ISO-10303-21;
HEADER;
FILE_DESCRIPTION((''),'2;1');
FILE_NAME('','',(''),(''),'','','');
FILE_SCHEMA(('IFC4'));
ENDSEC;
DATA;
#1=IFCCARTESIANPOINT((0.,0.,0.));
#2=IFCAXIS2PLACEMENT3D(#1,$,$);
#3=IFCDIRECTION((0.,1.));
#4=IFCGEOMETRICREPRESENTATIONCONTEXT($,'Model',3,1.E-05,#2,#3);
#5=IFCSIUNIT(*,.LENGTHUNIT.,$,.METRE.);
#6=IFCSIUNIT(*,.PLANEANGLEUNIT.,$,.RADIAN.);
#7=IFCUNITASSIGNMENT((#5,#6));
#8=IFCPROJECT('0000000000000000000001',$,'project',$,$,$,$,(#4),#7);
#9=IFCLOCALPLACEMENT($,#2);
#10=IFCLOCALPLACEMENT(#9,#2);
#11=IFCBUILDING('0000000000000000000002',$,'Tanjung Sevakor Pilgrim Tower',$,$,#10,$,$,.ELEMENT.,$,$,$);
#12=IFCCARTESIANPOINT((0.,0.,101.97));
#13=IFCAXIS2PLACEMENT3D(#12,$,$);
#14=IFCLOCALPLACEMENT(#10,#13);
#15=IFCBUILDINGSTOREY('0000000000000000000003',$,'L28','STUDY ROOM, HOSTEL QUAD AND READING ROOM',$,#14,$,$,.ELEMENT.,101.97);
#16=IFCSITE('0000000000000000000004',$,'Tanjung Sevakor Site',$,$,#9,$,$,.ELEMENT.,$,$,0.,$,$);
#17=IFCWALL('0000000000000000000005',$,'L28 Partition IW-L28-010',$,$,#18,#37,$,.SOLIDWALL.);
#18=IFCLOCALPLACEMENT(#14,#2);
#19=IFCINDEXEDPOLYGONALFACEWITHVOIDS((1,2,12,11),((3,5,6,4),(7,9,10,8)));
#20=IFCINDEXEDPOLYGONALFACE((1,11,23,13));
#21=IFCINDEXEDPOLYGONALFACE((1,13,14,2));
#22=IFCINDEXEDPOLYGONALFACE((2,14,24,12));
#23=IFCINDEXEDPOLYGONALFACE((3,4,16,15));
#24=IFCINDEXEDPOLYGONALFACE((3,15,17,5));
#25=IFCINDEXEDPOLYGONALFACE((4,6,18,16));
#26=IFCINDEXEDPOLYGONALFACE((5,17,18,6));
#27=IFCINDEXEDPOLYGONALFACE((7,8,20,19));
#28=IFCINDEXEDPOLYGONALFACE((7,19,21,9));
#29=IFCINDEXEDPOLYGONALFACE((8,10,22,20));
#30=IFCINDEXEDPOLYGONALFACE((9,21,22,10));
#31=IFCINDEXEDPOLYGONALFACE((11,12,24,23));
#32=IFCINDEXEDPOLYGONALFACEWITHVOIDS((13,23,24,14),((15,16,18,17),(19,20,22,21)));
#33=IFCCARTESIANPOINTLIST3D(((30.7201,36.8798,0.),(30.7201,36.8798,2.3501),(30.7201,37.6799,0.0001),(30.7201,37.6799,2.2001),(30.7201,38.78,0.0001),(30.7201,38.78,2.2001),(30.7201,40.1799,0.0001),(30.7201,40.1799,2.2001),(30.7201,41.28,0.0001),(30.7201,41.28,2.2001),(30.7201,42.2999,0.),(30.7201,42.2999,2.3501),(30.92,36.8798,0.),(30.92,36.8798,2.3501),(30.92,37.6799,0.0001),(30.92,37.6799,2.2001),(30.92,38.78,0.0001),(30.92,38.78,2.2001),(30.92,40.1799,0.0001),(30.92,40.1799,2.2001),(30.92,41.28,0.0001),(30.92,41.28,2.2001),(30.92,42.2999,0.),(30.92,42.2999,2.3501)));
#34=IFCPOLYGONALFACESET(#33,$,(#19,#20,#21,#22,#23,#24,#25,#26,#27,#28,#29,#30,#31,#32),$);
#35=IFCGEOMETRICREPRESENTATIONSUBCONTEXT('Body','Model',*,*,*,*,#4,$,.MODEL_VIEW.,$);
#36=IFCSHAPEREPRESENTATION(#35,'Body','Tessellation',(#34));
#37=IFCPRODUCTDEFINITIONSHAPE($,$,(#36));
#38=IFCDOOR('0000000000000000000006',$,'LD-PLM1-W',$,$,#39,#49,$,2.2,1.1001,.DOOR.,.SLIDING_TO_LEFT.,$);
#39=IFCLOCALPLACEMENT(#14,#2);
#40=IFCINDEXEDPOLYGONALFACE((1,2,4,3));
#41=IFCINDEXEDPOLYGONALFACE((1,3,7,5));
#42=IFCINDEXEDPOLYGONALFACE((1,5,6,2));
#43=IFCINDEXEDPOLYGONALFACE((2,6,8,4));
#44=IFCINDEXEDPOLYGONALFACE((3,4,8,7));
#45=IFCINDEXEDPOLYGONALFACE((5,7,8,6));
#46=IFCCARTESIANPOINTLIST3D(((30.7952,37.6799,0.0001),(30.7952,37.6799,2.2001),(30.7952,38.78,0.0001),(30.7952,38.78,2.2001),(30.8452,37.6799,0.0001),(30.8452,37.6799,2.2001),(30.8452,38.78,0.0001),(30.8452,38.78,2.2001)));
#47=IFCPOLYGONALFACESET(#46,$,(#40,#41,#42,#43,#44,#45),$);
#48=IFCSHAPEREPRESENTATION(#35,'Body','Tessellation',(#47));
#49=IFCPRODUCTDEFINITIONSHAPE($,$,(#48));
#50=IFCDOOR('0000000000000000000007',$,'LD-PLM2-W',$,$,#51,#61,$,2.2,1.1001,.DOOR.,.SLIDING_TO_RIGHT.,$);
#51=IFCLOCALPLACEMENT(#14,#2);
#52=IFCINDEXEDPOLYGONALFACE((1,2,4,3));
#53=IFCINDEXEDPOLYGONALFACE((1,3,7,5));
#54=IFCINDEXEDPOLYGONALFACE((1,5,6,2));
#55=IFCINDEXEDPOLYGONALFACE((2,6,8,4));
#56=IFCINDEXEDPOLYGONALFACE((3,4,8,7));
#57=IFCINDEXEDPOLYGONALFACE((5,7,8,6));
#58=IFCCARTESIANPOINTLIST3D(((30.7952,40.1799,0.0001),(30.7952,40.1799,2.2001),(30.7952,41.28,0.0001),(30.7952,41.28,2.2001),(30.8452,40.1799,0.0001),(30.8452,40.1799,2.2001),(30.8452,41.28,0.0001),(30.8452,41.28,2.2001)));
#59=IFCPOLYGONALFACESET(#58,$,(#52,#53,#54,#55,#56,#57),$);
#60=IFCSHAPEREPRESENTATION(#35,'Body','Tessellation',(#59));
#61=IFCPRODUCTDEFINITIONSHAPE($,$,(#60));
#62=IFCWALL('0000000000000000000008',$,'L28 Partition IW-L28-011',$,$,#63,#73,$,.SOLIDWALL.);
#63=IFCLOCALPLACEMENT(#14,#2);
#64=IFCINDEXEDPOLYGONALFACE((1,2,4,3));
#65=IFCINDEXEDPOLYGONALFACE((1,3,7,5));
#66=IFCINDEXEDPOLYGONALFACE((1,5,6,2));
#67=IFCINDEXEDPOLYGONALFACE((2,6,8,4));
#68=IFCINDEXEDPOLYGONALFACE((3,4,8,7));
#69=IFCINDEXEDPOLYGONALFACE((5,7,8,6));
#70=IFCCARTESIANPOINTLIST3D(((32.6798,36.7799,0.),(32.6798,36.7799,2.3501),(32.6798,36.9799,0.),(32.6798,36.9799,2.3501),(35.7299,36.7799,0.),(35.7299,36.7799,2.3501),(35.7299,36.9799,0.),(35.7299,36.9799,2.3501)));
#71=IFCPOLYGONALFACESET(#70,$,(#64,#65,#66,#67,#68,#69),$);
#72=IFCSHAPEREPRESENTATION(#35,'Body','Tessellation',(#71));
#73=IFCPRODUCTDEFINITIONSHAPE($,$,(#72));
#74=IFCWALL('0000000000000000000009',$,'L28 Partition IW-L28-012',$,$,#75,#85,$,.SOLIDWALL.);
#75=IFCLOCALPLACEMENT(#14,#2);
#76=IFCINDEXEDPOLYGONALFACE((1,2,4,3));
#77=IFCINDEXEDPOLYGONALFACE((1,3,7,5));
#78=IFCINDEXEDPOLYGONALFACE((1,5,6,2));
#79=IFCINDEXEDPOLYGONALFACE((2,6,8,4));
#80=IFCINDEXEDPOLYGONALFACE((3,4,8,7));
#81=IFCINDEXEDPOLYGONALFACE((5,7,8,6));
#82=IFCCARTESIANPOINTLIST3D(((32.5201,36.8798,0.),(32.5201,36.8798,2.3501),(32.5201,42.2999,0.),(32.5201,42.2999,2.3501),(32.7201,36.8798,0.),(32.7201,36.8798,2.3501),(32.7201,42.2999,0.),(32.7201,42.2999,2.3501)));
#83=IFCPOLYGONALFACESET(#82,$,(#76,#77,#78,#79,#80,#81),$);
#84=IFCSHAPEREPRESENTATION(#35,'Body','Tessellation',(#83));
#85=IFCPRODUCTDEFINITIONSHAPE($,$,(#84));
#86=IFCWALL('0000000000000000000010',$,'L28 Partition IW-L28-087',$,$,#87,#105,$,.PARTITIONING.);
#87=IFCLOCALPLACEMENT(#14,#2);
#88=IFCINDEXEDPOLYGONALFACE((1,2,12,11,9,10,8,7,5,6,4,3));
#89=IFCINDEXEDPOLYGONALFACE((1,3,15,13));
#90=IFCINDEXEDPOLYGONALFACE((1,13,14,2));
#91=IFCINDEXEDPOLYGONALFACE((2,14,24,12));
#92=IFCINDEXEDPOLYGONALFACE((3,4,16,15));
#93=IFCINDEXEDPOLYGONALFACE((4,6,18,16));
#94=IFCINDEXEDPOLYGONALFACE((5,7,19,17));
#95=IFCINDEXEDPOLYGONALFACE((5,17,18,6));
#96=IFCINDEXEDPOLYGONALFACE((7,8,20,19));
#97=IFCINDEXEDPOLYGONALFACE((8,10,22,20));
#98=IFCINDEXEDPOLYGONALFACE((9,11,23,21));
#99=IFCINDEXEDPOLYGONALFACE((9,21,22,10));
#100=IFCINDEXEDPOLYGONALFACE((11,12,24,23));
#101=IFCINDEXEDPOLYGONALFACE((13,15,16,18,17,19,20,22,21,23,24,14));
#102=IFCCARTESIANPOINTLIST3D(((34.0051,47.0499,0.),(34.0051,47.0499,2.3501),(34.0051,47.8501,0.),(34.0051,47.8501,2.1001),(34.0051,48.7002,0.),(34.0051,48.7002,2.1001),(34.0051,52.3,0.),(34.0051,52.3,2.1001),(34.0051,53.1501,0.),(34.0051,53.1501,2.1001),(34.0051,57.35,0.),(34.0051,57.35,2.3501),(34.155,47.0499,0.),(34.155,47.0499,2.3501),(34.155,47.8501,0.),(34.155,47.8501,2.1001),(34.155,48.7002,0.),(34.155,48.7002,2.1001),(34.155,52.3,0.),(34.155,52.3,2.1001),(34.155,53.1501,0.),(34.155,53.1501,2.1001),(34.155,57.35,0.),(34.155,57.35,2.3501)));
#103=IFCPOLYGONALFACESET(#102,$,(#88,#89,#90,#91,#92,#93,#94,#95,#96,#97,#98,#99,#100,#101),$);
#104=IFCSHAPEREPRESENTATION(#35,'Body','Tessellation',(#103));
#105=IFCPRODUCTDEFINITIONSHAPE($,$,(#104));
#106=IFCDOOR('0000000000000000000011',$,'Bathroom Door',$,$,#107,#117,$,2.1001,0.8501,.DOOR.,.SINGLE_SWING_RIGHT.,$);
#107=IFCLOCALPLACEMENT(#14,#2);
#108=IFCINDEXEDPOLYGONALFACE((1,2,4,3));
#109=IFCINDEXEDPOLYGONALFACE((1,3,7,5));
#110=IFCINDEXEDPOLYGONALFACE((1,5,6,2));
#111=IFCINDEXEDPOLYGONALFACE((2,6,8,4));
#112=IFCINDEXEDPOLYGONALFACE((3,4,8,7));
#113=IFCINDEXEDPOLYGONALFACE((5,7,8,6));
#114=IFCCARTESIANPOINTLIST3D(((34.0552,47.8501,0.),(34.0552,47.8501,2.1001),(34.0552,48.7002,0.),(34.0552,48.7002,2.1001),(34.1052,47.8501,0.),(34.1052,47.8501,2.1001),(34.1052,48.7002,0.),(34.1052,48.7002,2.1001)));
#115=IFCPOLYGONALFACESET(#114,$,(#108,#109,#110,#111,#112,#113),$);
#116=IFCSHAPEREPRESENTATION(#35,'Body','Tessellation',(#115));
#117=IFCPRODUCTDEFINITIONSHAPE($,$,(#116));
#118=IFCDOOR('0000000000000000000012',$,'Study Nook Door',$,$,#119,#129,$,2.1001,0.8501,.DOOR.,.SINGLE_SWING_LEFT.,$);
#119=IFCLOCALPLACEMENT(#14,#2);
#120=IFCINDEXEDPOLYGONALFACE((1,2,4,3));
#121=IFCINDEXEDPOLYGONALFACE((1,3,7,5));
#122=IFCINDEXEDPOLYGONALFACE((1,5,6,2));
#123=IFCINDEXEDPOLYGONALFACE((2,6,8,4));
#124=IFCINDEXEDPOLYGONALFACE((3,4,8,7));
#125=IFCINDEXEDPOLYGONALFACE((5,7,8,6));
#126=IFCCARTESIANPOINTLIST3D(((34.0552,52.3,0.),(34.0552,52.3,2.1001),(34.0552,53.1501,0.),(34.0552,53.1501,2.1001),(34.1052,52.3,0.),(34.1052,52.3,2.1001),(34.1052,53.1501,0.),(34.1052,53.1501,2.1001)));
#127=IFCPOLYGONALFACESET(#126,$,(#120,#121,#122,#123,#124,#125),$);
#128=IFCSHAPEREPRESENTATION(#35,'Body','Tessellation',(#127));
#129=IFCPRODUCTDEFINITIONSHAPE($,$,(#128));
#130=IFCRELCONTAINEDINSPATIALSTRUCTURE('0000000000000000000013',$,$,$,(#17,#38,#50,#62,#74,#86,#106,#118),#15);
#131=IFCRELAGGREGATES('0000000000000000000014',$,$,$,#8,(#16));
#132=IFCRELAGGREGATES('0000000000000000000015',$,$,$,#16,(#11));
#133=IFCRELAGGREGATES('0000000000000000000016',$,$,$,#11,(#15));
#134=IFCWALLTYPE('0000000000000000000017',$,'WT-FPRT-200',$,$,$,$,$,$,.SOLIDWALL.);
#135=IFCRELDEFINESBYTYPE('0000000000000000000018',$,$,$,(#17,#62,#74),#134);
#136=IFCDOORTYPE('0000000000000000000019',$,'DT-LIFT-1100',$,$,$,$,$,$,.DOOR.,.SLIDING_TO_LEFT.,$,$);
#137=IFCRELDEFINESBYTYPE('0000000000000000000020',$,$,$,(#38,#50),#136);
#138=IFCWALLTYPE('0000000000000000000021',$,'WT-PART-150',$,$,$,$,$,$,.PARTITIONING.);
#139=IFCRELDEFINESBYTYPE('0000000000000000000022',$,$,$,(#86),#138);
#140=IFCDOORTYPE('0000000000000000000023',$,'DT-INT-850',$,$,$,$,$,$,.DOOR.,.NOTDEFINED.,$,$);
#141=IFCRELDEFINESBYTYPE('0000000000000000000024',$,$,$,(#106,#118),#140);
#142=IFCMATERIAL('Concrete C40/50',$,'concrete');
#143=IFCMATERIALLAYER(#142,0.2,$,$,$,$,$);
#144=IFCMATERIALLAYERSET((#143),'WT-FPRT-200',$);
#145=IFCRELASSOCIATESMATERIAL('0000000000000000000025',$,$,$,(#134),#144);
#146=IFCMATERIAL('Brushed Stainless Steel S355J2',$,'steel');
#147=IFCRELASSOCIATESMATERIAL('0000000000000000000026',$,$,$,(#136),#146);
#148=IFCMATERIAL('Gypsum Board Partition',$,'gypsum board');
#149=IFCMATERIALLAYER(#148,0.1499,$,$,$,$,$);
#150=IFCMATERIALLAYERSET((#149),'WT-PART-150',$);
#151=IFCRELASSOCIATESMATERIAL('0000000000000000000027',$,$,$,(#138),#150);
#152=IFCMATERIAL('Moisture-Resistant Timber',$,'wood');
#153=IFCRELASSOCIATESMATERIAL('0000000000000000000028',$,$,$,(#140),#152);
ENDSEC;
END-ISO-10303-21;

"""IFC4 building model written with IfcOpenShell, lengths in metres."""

from ifc_helpers import new_model, si_unit, direction, frame, frame_2d, origin, place, context, subcontext, project, spatial, rectangle, extrude, material, layer, layer_set, type_object, element, fill, save


model = new_model("IFC4")

# Units and contexts
model_context = context("Model", 3, precision=1e-05, world=origin(), true_north=direction((0.0, 1.0)))
body_context = subcontext(model_context, "Body", "Model", "MODEL_VIEW")
ifc_project = project(units=[si_unit("LENGTHUNIT", "METRE"), si_unit("PLANEANGLEUNIT", "RADIAN")], contexts=[model_context])

# Site, building, storey
site_placement = place(None, origin())
site = spatial("IfcSite", under=ifc_project, at=site_placement, Name="Tanjung Sevakor Site", CompositionType="ELEMENT", RefElevation=0.0)
building_placement = place(site_placement, origin())
building = spatial("IfcBuilding", under=site, at=building_placement, Name="Tanjung Sevakor Pilgrim Tower", CompositionType="ELEMENT")
storey_placement = place(building_placement, frame((0.0, 0.0, 101.97)))
storey = spatial("IfcBuildingStorey", under=building, at=storey_placement, Name="L28", Description="STUDY ROOM, HOSTEL QUAD AND READING ROOM", CompositionType="ELEMENT", Elevation=101.97)

# Shared definitions
ifc_material_1 = material(Name="Concrete C40/50", Category="concrete")
ifc_layer_1 = layer(ifc_material_1, 0.2)
ifc_layer_set_1 = layer_set([ifc_layer_1], Name="WT-FPRT-200")
wall_type_1 = type_object("IfcWallType", Name="WT-FPRT-200", PredefinedType="SOLIDWALL", material=ifc_layer_set_1)

# Wall, openings, doors
wall_1_placement = place(storey_placement, frame((30.8201, 36.8799, 0.0), z_axis=(0.0, 0.0, 1.0), x_axis=(0.0, 1.0, 0.0)))
wall_1 = element("IfcWall", 1, at=wall_1_placement, inside=storey, type_object=wall_type_1, Name="L28 Partition IW-L28-010", PredefinedType="SOLIDWALL", context=body_context, shape_type="SweptSolid", body=[
    extrude(rectangle(XDim=5.4202, YDim=0.2, at=frame_2d((2.71, 0.0))), origin(), (0.0, 0.0, 1.0), 2.3501),
])
opening_1_placement = place(wall_1_placement, frame((0.8, 0.0, 0.0)))
opening_1 = element("IfcOpeningElement", 2, at=opening_1_placement, cuts=wall_1, PredefinedType="OPENING", context=body_context, shape_type="SweptSolid", body=[
    extrude(rectangle(XDim=1.1001, YDim=2.2, at=frame_2d((0.55, 1.1001))), frame((0.0, 0.1099, 0.0), z_axis=(0.0, -1.0, 0.0), x_axis=(1.0, 0.0, 0.0)), (0.0, 0.0, 1.0), 0.22),
])
opening_2_placement = place(wall_1_placement, frame((3.3, 0.0, 0.0)))
opening_2 = element("IfcOpeningElement", 3, at=opening_2_placement, cuts=wall_1, PredefinedType="OPENING", context=body_context, shape_type="SweptSolid", body=[
    extrude(rectangle(XDim=1.1001, YDim=2.2, at=frame_2d((0.55, 1.1001))), frame((0.0, 0.1099, 0.0), z_axis=(0.0, -1.0, 0.0), x_axis=(1.0, 0.0, 0.0)), (0.0, 0.0, 1.0), 0.22),
])
ifc_material_2 = material(Name="Brushed Stainless Steel S355J2", Category="steel")
door_type_1 = type_object("IfcDoorType", Name="DT-LIFT-1100", OperationType="SLIDING_TO_LEFT", PredefinedType="DOOR", material=ifc_material_2)
door_1_placement = place(opening_1_placement, origin())
door_1 = element("IfcDoor", 4, at=door_1_placement, inside=storey, type_object=door_type_1, Name="LD-PLM1-W", OperationType="SLIDING_TO_LEFT", OverallHeight=2.2, OverallWidth=1.1001, PredefinedType="DOOR", context=body_context, shape_type="SweptSolid", body=[
    extrude(rectangle(XDim=1.1001, YDim=2.2, at=frame_2d((0.55, 1.1001))), frame((0.0, 0.0249, 0.0), z_axis=(0.0, -1.0, 0.0), x_axis=(1.0, 0.0, 0.0)), (0.0, 0.0, 1.0), 0.05),
])
fill(opening_1, door_1)
door_2_placement = place(opening_2_placement, origin())
door_2 = element("IfcDoor", 5, at=door_2_placement, inside=storey, type_object=door_type_1, Name="LD-PLM2-W", OperationType="SLIDING_TO_RIGHT", OverallHeight=2.2, OverallWidth=1.1001, PredefinedType="DOOR", context=body_context, shape_type="SweptSolid", body=[
    extrude(rectangle(XDim=1.1001, YDim=2.2, at=frame_2d((0.55, 1.1001))), frame((0.0, 0.0249, 0.0), z_axis=(0.0, -1.0, 0.0), x_axis=(1.0, 0.0, 0.0)), (0.0, 0.0, 1.0), 0.05),
])
fill(opening_2, door_2)

# Walls
wall_2_placement = place(storey_placement, frame((32.6799, 36.8799, 0.0), z_axis=(0.0, 0.0, 1.0), x_axis=(1.0, 0.0, 0.0)))
element("IfcWall", 6, at=wall_2_placement, inside=storey, type_object=wall_type_1, Name="L28 Partition IW-L28-011", PredefinedType="SOLIDWALL", context=body_context, shape_type="SweptSolid", body=[
    extrude(rectangle(XDim=3.05, YDim=0.2, at=frame_2d((1.5249, 0.0))), origin(), (0.0, 0.0, 1.0), 2.3501),
])
wall_3_placement = place(storey_placement, frame((32.6201, 36.8799, 0.0), z_axis=(0.0, 0.0, 1.0), x_axis=(0.0, 1.0, 0.0)))
element("IfcWall", 7, at=wall_3_placement, inside=storey, type_object=wall_type_1, Name="L28 Partition IW-L28-012", PredefinedType="SOLIDWALL", context=body_context, shape_type="SweptSolid", body=[
    extrude(rectangle(XDim=5.4202, YDim=0.2, at=frame_2d((2.71, 0.0))), origin(), (0.0, 0.0, 1.0), 2.3501),
])

# Wall, openings, doors
ifc_material_3 = material(Name="Gypsum Board Partition", Category="gypsum board")
ifc_layer_2 = layer(ifc_material_3, 0.1499)
ifc_layer_set_2 = layer_set([ifc_layer_2], Name="WT-PART-150")
wall_type_2 = type_object("IfcWallType", Name="WT-PART-150", PredefinedType="PARTITIONING", material=ifc_layer_set_2)
wall_4_placement = place(storey_placement, frame((34.0801, 47.05, 0.0), z_axis=(0.0, 0.0, 1.0), x_axis=(0.0, 1.0, 0.0)))
wall_4 = element("IfcWall", 8, at=wall_4_placement, inside=storey, type_object=wall_type_2, Name="L28 Partition IW-L28-087", PredefinedType="PARTITIONING", context=body_context, shape_type="SweptSolid", body=[
    extrude(rectangle(XDim=10.3, YDim=0.1499, at=frame_2d((5.1499, 0.0))), origin(), (0.0, 0.0, 1.0), 2.3501),
])
opening_3_placement = place(wall_4_placement, frame((0.8, 0.0, 0.0)))
opening_3 = element("IfcOpeningElement", 9, at=opening_3_placement, cuts=wall_4, PredefinedType="OPENING", context=body_context, shape_type="SweptSolid", body=[
    extrude(rectangle(XDim=0.8501, YDim=2.1001, at=frame_2d((0.425, 1.05))), frame((0.0, 0.085, 0.0), z_axis=(0.0, -1.0, 0.0), x_axis=(1.0, 0.0, 0.0)), (0.0, 0.0, 1.0), 0.1699),
])
opening_4_placement = place(wall_4_placement, frame((5.25, 0.0, 0.0)))
opening_4 = element("IfcOpeningElement", 10, at=opening_4_placement, cuts=wall_4, PredefinedType="OPENING", context=body_context, shape_type="SweptSolid", body=[
    extrude(rectangle(XDim=0.8501, YDim=2.1001, at=frame_2d((0.425, 1.05))), frame((0.0, 0.085, 0.0), z_axis=(0.0, -1.0, 0.0), x_axis=(1.0, 0.0, 0.0)), (0.0, 0.0, 1.0), 0.1699),
])
ifc_material_4 = material(Name="Moisture-Resistant Timber", Category="wood")
door_type_2 = type_object("IfcDoorType", Name="DT-INT-850", OperationType="NOTDEFINED", PredefinedType="DOOR", material=ifc_material_4)
door_3_placement = place(opening_3_placement, origin())
door_3 = element("IfcDoor", 11, at=door_3_placement, inside=storey, type_object=door_type_2, Name="Bathroom Door", OperationType="SINGLE_SWING_RIGHT", OverallHeight=2.1001, OverallWidth=0.8501, PredefinedType="DOOR", context=body_context, shape_type="SweptSolid", body=[
    extrude(rectangle(XDim=0.8501, YDim=2.1001, at=frame_2d((0.425, 1.05))), frame((0.0, 0.0249, 0.0), z_axis=(0.0, -1.0, 0.0), x_axis=(1.0, 0.0, 0.0)), (0.0, 0.0, 1.0), 0.05),
])
fill(opening_3, door_3)
door_4_placement = place(opening_4_placement, origin())
door_4 = element("IfcDoor", 12, at=door_4_placement, inside=storey, type_object=door_type_2, Name="Study Nook Door", OperationType="SINGLE_SWING_LEFT", OverallHeight=2.1001, OverallWidth=0.8501, PredefinedType="DOOR", context=body_context, shape_type="SweptSolid", body=[
    extrude(rectangle(XDim=0.8501, YDim=2.1001, at=frame_2d((0.425, 1.05))), frame((0.0, 0.0249, 0.0), z_axis=(0.0, -1.0, 0.0), x_axis=(1.0, 0.0, 0.0)), (0.0, 0.0, 1.0), 0.05),
])
fill(opening_4, door_4)

save(model, "model.ifc")
